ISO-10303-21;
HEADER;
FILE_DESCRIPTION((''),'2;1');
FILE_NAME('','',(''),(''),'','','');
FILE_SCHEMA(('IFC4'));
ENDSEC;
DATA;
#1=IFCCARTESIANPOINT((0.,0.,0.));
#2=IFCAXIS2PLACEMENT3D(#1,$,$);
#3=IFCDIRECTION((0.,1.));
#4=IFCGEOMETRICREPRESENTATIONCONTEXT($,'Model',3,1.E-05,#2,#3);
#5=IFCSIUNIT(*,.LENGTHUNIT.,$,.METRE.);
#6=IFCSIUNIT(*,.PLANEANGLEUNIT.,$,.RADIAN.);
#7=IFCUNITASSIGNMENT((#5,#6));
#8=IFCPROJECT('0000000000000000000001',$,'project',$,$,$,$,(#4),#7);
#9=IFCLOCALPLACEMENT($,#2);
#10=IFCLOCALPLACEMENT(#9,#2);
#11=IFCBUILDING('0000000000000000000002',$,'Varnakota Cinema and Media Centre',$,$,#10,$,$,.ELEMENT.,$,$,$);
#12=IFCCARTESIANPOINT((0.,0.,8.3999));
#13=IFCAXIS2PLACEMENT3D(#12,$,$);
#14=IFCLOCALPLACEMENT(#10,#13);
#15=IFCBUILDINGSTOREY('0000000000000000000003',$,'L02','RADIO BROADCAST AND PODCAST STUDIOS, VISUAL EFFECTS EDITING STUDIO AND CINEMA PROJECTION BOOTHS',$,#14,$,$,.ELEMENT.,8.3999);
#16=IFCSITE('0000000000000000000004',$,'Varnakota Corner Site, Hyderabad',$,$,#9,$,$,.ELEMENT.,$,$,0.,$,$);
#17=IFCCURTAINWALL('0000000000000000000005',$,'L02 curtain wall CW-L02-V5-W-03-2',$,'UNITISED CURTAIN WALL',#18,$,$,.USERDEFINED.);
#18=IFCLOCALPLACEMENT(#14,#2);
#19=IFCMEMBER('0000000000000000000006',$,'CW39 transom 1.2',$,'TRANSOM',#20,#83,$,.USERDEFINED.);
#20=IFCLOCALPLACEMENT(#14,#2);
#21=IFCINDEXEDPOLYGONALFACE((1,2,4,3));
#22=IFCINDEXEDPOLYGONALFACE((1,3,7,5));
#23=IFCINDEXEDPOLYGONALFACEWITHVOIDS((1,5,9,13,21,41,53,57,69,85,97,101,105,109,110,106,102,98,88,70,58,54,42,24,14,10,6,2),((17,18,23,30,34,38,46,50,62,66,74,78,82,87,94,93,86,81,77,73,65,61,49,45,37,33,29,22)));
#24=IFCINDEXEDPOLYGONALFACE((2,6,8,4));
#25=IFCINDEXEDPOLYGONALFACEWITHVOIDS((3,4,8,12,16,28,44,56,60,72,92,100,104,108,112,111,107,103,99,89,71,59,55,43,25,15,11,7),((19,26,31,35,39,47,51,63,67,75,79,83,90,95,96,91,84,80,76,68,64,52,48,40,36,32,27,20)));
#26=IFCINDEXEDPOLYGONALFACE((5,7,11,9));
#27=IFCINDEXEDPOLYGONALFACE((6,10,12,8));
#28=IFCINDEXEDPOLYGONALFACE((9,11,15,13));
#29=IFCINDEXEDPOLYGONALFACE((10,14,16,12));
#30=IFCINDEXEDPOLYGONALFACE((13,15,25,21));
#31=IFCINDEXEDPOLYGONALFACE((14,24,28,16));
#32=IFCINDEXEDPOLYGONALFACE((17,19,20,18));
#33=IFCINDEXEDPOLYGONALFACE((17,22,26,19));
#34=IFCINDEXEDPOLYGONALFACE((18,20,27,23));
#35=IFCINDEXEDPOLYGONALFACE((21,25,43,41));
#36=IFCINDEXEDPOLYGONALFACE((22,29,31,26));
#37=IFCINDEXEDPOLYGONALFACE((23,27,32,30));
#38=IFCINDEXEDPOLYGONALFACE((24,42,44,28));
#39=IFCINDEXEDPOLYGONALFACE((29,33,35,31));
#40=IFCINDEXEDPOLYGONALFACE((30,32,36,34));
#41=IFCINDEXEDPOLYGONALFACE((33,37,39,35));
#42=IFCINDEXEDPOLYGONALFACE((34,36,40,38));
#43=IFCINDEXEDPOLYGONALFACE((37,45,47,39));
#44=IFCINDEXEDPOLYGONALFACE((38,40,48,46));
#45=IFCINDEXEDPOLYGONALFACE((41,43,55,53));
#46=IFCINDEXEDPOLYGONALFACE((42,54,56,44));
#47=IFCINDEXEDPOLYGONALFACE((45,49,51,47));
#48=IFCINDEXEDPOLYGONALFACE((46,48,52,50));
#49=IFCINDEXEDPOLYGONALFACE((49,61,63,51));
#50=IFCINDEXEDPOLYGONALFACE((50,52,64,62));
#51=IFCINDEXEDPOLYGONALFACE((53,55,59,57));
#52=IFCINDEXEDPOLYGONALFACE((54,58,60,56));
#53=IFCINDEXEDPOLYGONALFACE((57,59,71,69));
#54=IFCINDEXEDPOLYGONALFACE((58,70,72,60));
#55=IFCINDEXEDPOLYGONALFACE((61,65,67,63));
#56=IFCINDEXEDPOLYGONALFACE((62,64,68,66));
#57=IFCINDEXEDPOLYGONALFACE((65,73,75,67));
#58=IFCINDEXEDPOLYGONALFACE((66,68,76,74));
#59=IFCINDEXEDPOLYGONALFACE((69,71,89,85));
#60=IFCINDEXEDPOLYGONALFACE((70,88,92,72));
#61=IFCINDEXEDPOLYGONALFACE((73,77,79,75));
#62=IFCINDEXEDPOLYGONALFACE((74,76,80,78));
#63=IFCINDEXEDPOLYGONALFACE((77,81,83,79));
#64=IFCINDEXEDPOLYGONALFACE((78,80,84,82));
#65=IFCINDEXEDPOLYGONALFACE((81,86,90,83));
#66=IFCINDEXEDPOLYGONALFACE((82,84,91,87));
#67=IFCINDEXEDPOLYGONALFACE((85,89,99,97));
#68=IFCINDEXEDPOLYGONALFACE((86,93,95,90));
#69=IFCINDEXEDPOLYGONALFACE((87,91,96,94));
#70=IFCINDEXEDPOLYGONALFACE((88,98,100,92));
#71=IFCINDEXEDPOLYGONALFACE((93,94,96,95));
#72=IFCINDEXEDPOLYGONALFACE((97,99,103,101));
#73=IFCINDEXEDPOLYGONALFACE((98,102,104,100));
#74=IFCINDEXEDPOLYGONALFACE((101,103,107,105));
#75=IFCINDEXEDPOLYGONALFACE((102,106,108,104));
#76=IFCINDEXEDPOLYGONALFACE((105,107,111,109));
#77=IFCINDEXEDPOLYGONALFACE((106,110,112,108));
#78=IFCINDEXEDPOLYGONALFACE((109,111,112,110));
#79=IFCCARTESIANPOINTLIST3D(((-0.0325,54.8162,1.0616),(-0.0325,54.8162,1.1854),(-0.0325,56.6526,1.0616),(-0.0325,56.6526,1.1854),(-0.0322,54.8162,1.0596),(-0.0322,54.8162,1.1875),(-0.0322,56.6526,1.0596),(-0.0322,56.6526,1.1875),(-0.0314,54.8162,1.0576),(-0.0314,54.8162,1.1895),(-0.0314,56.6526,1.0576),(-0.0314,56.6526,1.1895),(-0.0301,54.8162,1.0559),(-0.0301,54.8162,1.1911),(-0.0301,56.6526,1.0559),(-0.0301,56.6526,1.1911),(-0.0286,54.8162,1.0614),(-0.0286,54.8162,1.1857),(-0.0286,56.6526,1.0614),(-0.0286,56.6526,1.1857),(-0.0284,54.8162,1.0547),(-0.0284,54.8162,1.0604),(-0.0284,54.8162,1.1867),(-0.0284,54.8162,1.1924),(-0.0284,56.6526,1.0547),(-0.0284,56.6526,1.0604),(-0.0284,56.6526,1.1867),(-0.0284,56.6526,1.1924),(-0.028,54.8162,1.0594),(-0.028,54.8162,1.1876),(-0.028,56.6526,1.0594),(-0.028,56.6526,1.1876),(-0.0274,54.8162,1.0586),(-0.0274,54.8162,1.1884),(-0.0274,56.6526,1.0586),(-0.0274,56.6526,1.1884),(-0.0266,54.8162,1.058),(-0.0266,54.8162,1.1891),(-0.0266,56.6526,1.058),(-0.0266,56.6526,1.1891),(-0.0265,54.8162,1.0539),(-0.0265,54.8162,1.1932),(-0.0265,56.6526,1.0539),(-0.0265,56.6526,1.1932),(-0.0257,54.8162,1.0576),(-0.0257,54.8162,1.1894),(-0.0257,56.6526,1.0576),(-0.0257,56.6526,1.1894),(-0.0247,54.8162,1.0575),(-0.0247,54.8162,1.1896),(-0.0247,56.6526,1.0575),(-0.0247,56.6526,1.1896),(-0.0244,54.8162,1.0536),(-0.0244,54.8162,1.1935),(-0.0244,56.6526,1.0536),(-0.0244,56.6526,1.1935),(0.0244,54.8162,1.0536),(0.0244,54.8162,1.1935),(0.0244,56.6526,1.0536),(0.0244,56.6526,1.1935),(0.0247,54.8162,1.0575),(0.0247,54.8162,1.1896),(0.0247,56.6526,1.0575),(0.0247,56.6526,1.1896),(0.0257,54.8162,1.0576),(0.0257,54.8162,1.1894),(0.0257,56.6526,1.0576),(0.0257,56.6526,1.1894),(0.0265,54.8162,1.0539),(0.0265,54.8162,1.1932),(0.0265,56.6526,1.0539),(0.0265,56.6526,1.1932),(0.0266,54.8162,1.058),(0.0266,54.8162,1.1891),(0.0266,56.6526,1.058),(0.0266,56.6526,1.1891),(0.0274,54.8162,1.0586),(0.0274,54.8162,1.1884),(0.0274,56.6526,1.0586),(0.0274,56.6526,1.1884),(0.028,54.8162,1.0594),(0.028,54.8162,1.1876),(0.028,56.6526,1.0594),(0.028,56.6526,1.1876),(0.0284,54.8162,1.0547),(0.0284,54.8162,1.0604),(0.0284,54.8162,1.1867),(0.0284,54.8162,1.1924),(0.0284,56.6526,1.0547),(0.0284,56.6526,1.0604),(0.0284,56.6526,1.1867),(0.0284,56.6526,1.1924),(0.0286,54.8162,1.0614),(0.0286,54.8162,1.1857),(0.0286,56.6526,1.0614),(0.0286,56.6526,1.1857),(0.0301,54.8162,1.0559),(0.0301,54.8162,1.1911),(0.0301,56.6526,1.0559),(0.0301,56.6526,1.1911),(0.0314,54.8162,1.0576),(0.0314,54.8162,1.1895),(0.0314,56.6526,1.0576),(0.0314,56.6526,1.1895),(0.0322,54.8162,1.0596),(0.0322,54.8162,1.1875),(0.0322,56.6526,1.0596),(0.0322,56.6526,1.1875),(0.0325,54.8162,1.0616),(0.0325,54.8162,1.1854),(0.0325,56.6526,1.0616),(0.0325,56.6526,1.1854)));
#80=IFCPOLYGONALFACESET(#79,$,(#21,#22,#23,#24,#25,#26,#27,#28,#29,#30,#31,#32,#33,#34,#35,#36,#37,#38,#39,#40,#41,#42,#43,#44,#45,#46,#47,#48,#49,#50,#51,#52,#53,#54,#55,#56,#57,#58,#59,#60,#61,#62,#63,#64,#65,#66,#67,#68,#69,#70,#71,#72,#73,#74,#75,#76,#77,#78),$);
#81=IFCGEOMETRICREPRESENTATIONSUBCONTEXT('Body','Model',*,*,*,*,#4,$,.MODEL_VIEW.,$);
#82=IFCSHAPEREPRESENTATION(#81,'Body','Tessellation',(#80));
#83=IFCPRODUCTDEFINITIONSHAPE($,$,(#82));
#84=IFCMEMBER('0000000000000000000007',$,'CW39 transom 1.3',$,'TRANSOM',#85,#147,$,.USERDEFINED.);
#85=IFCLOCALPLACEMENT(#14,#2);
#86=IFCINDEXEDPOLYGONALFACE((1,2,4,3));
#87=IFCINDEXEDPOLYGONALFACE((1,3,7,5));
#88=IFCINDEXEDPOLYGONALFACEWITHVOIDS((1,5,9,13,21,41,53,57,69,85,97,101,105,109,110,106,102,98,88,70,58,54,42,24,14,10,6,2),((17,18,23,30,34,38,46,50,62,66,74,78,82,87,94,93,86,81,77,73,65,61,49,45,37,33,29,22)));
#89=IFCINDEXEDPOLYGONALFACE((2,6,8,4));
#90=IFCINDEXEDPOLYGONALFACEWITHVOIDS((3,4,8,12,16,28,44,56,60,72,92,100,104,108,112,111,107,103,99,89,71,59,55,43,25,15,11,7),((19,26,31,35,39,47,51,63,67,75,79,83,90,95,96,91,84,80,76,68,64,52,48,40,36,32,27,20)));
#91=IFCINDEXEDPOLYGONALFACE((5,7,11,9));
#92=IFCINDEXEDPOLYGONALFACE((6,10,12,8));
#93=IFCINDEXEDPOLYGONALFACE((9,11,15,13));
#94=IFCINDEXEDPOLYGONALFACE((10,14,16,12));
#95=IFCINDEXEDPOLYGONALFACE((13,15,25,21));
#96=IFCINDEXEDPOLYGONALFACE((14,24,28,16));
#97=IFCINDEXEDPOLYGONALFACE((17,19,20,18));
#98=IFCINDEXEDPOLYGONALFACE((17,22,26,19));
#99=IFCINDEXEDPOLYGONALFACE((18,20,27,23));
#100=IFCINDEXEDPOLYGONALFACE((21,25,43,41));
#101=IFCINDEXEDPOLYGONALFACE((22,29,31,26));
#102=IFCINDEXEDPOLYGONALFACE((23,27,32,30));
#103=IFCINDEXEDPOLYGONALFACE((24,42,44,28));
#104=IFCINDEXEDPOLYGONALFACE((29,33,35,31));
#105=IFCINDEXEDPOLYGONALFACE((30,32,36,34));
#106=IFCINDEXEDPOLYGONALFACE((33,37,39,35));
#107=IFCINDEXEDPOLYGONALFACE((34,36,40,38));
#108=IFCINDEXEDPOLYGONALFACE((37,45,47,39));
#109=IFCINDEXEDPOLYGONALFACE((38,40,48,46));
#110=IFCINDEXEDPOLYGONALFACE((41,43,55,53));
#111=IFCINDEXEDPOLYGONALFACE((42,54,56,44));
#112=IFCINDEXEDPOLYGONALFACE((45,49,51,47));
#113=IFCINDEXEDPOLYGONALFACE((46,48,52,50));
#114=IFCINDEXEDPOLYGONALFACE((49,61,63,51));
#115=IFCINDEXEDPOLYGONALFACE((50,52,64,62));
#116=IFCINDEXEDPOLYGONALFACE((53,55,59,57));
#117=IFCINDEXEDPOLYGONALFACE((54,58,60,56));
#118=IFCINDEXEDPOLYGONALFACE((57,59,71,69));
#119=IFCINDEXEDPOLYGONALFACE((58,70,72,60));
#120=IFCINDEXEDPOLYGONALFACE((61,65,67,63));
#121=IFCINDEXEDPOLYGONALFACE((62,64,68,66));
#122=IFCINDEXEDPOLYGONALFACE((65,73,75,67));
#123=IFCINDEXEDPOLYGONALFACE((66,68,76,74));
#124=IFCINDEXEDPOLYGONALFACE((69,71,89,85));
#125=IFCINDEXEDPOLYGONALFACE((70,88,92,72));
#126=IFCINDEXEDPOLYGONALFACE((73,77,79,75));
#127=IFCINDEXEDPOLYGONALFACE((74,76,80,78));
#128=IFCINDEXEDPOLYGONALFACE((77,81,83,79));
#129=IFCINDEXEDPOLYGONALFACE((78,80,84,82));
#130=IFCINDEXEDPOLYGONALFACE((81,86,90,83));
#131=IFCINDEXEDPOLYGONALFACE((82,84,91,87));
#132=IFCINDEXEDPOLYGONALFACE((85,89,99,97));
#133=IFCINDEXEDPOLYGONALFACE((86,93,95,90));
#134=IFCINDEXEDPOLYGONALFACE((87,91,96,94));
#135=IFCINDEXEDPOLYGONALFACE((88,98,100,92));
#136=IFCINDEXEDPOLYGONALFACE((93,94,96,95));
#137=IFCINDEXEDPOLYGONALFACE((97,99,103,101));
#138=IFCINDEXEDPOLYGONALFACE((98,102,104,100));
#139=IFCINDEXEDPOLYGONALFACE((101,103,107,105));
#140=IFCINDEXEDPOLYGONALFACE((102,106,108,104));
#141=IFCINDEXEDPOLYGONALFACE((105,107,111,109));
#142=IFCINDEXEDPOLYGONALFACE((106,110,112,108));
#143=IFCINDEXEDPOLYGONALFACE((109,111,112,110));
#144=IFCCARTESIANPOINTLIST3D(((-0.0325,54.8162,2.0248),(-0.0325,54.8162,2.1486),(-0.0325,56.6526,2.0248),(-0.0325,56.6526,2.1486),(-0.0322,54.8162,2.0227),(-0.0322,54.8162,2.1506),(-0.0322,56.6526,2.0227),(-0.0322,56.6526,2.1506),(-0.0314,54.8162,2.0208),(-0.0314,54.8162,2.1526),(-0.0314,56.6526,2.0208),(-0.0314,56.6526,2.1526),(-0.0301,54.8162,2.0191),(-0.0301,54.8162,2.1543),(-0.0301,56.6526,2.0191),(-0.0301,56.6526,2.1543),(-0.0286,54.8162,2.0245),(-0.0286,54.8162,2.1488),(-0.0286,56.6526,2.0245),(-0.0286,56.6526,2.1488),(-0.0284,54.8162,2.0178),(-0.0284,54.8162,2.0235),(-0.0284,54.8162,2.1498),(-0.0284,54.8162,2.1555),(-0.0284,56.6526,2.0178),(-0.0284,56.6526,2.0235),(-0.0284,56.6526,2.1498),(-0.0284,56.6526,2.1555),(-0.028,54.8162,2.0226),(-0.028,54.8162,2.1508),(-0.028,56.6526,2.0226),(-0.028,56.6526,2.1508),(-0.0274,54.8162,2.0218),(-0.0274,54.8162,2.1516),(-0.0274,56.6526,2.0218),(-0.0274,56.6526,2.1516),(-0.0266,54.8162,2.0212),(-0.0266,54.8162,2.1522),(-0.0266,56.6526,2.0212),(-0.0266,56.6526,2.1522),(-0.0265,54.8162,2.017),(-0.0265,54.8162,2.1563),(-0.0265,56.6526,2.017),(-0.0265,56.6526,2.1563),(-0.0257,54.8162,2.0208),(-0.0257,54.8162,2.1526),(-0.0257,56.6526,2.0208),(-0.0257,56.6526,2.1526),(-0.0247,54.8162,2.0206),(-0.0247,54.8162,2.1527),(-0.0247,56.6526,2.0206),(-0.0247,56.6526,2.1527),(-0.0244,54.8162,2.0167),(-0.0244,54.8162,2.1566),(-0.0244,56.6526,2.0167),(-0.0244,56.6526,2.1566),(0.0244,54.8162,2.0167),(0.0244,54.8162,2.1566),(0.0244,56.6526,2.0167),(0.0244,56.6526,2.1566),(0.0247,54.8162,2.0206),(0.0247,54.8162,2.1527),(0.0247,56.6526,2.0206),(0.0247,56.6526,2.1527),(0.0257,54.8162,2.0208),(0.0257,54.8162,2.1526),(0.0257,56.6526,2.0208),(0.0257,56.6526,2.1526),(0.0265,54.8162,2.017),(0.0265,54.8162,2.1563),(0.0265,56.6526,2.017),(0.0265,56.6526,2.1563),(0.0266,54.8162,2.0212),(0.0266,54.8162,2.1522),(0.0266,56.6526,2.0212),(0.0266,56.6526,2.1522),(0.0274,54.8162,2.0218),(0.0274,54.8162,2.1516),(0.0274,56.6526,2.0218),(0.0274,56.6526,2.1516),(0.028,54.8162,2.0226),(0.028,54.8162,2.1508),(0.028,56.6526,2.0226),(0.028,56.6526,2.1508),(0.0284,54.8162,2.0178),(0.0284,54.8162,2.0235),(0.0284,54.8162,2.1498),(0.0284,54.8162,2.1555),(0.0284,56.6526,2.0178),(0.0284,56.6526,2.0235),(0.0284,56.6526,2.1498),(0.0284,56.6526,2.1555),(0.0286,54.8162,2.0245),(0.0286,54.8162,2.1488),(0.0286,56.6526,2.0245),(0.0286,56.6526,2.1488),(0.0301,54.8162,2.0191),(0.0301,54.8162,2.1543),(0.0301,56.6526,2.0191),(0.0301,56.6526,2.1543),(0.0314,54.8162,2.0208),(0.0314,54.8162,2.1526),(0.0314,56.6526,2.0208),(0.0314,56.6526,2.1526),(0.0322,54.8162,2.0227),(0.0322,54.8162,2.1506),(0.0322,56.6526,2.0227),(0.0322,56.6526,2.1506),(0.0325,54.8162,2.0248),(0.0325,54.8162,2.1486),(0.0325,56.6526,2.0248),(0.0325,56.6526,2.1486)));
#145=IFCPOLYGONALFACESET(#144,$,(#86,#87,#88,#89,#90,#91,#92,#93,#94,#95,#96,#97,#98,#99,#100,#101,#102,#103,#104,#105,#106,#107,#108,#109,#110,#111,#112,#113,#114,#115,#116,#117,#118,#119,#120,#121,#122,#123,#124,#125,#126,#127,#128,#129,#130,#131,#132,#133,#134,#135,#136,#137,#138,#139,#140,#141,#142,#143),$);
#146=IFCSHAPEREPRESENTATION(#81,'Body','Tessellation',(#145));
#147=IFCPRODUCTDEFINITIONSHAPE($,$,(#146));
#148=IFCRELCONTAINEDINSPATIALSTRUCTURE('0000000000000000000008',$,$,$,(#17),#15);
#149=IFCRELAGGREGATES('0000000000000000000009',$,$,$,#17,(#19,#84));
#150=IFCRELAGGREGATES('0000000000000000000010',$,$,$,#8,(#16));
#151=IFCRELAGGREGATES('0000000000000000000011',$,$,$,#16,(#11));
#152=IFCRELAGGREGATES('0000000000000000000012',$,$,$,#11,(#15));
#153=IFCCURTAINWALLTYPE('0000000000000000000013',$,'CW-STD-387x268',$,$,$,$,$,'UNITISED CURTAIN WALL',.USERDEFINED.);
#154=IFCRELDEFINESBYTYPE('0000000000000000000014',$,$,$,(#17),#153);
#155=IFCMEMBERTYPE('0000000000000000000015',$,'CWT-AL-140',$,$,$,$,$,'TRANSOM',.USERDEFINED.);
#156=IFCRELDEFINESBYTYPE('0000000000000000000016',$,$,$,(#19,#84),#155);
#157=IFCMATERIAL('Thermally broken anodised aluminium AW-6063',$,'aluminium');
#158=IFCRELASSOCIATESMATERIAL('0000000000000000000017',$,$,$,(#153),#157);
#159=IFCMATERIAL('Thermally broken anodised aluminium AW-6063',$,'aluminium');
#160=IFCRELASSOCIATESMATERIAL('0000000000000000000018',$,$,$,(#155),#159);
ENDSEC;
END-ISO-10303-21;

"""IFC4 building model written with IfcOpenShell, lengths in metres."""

from ifc_helpers import new_model, si_unit, direction, frame, origin, origin_2d, place, context, subcontext, project, spatial, hollow_rectangle, extrude, material, material_profile, profile_set, type_object, element, aggregate, save


model = new_model("IFC4")

# Units and contexts
model_context = context("Model", 3, precision=1e-05, world=origin(), true_north=direction((0.0, 1.0)))
body_context = subcontext(model_context, "Body", "Model", "MODEL_VIEW")
ifc_project = project(units=[si_unit("LENGTHUNIT", "METRE"), si_unit("PLANEANGLEUNIT", "RADIAN")], contexts=[model_context])

# Site, building, storey
site_placement = place(None, origin())
site = spatial("IfcSite", under=ifc_project, at=site_placement, Name="Varnakota Corner Site, Hyderabad", CompositionType="ELEMENT", RefElevation=0.0)
building_placement = place(site_placement, origin())
building = spatial("IfcBuilding", under=site, at=building_placement, Name="Varnakota Cinema and Media Centre", CompositionType="ELEMENT")
storey_placement = place(building_placement, frame((0.0, 0.0, 8.3999)))
storey = spatial("IfcBuildingStorey", under=building, at=storey_placement, Name="L02", Description="RADIO BROADCAST AND PODCAST STUDIOS, VISUAL EFFECTS EDITING STUDIO AND CINEMA PROJECTION BOOTHS", CompositionType="ELEMENT", Elevation=8.3999)

# Shared definitions
ifc_material_1 = material(Name="Thermally broken anodised aluminium AW-6063", Category="aluminium")
curtain_wall_type = type_object("IfcCurtainWallType", Name="CW-STD-387x268", ElementType="UNITISED CURTAIN WALL", PredefinedType="USERDEFINED", material=ifc_material_1)

# Curtain wall
curtain_wall_1_placement = place(storey_placement, origin())
curtain_wall_1 = element("IfcCurtainWall", 1, at=curtain_wall_1_placement, inside=storey, type_object=curtain_wall_type, Name="L02 curtain wall CW-L02-V5-W-03-2", ObjectType="UNITISED CURTAIN WALL", PredefinedType="USERDEFINED")

# Members
ifc_material_2 = material(Name="Thermally broken anodised aluminium AW-6063", Category="aluminium")
ifc_material_profile_1 = material_profile(ifc_material_2, hollow_rectangle(XDim=0.0649, YDim=0.1399, WallThickness=0.0039, InnerFilletRadius=0.0039, OuterFilletRadius=0.0081, at=origin_2d()), Name="AL-TRANSOM 140x65x4")
ifc_profile_set_1 = profile_set([ifc_material_profile_1], Name="Thermally broken anodised aluminium AW-6063")
member_type_1 = type_object("IfcMemberType", Name="CWT-AL-140", ElementType="TRANSOM", PredefinedType="USERDEFINED", material=ifc_profile_set_1)
member_1_placement = place(storey_placement, frame((0.0, 56.6526, 1.1235), z_axis=(0.0, -1.0, 0.0), x_axis=(1.0, 0.0, 0.0)))
member_1 = element("IfcMember", 2, at=member_1_placement, type_object=member_type_1, Name="CW39 transom 1.2", ObjectType="TRANSOM", PredefinedType="USERDEFINED", context=body_context, shape_type="SweptSolid", body=[
    extrude(hollow_rectangle(XDim=0.0649, YDim=0.1399, WallThickness=0.0039, InnerFilletRadius=0.0039, OuterFilletRadius=0.0081, at=origin_2d()), origin(), (0.0, 0.0, 1.0), 1.8364),
])
member_2_placement = place(storey_placement, frame((0.0, 56.6526, 2.0867), z_axis=(0.0, -1.0, 0.0), x_axis=(1.0, 0.0, 0.0)))
member_2 = element("IfcMember", 3, at=member_2_placement, type_object=member_type_1, Name="CW39 transom 1.3", ObjectType="TRANSOM", PredefinedType="USERDEFINED", context=body_context, shape_type="SweptSolid", body=[
    extrude(hollow_rectangle(XDim=0.0649, YDim=0.1399, WallThickness=0.0039, InnerFilletRadius=0.0039, OuterFilletRadius=0.0081, at=origin_2d()), origin(), (0.0, 0.0, 1.0), 1.8364),
])
aggregate(curtain_wall_1, [member_1, member_2])

save(model, "model.ifc")
